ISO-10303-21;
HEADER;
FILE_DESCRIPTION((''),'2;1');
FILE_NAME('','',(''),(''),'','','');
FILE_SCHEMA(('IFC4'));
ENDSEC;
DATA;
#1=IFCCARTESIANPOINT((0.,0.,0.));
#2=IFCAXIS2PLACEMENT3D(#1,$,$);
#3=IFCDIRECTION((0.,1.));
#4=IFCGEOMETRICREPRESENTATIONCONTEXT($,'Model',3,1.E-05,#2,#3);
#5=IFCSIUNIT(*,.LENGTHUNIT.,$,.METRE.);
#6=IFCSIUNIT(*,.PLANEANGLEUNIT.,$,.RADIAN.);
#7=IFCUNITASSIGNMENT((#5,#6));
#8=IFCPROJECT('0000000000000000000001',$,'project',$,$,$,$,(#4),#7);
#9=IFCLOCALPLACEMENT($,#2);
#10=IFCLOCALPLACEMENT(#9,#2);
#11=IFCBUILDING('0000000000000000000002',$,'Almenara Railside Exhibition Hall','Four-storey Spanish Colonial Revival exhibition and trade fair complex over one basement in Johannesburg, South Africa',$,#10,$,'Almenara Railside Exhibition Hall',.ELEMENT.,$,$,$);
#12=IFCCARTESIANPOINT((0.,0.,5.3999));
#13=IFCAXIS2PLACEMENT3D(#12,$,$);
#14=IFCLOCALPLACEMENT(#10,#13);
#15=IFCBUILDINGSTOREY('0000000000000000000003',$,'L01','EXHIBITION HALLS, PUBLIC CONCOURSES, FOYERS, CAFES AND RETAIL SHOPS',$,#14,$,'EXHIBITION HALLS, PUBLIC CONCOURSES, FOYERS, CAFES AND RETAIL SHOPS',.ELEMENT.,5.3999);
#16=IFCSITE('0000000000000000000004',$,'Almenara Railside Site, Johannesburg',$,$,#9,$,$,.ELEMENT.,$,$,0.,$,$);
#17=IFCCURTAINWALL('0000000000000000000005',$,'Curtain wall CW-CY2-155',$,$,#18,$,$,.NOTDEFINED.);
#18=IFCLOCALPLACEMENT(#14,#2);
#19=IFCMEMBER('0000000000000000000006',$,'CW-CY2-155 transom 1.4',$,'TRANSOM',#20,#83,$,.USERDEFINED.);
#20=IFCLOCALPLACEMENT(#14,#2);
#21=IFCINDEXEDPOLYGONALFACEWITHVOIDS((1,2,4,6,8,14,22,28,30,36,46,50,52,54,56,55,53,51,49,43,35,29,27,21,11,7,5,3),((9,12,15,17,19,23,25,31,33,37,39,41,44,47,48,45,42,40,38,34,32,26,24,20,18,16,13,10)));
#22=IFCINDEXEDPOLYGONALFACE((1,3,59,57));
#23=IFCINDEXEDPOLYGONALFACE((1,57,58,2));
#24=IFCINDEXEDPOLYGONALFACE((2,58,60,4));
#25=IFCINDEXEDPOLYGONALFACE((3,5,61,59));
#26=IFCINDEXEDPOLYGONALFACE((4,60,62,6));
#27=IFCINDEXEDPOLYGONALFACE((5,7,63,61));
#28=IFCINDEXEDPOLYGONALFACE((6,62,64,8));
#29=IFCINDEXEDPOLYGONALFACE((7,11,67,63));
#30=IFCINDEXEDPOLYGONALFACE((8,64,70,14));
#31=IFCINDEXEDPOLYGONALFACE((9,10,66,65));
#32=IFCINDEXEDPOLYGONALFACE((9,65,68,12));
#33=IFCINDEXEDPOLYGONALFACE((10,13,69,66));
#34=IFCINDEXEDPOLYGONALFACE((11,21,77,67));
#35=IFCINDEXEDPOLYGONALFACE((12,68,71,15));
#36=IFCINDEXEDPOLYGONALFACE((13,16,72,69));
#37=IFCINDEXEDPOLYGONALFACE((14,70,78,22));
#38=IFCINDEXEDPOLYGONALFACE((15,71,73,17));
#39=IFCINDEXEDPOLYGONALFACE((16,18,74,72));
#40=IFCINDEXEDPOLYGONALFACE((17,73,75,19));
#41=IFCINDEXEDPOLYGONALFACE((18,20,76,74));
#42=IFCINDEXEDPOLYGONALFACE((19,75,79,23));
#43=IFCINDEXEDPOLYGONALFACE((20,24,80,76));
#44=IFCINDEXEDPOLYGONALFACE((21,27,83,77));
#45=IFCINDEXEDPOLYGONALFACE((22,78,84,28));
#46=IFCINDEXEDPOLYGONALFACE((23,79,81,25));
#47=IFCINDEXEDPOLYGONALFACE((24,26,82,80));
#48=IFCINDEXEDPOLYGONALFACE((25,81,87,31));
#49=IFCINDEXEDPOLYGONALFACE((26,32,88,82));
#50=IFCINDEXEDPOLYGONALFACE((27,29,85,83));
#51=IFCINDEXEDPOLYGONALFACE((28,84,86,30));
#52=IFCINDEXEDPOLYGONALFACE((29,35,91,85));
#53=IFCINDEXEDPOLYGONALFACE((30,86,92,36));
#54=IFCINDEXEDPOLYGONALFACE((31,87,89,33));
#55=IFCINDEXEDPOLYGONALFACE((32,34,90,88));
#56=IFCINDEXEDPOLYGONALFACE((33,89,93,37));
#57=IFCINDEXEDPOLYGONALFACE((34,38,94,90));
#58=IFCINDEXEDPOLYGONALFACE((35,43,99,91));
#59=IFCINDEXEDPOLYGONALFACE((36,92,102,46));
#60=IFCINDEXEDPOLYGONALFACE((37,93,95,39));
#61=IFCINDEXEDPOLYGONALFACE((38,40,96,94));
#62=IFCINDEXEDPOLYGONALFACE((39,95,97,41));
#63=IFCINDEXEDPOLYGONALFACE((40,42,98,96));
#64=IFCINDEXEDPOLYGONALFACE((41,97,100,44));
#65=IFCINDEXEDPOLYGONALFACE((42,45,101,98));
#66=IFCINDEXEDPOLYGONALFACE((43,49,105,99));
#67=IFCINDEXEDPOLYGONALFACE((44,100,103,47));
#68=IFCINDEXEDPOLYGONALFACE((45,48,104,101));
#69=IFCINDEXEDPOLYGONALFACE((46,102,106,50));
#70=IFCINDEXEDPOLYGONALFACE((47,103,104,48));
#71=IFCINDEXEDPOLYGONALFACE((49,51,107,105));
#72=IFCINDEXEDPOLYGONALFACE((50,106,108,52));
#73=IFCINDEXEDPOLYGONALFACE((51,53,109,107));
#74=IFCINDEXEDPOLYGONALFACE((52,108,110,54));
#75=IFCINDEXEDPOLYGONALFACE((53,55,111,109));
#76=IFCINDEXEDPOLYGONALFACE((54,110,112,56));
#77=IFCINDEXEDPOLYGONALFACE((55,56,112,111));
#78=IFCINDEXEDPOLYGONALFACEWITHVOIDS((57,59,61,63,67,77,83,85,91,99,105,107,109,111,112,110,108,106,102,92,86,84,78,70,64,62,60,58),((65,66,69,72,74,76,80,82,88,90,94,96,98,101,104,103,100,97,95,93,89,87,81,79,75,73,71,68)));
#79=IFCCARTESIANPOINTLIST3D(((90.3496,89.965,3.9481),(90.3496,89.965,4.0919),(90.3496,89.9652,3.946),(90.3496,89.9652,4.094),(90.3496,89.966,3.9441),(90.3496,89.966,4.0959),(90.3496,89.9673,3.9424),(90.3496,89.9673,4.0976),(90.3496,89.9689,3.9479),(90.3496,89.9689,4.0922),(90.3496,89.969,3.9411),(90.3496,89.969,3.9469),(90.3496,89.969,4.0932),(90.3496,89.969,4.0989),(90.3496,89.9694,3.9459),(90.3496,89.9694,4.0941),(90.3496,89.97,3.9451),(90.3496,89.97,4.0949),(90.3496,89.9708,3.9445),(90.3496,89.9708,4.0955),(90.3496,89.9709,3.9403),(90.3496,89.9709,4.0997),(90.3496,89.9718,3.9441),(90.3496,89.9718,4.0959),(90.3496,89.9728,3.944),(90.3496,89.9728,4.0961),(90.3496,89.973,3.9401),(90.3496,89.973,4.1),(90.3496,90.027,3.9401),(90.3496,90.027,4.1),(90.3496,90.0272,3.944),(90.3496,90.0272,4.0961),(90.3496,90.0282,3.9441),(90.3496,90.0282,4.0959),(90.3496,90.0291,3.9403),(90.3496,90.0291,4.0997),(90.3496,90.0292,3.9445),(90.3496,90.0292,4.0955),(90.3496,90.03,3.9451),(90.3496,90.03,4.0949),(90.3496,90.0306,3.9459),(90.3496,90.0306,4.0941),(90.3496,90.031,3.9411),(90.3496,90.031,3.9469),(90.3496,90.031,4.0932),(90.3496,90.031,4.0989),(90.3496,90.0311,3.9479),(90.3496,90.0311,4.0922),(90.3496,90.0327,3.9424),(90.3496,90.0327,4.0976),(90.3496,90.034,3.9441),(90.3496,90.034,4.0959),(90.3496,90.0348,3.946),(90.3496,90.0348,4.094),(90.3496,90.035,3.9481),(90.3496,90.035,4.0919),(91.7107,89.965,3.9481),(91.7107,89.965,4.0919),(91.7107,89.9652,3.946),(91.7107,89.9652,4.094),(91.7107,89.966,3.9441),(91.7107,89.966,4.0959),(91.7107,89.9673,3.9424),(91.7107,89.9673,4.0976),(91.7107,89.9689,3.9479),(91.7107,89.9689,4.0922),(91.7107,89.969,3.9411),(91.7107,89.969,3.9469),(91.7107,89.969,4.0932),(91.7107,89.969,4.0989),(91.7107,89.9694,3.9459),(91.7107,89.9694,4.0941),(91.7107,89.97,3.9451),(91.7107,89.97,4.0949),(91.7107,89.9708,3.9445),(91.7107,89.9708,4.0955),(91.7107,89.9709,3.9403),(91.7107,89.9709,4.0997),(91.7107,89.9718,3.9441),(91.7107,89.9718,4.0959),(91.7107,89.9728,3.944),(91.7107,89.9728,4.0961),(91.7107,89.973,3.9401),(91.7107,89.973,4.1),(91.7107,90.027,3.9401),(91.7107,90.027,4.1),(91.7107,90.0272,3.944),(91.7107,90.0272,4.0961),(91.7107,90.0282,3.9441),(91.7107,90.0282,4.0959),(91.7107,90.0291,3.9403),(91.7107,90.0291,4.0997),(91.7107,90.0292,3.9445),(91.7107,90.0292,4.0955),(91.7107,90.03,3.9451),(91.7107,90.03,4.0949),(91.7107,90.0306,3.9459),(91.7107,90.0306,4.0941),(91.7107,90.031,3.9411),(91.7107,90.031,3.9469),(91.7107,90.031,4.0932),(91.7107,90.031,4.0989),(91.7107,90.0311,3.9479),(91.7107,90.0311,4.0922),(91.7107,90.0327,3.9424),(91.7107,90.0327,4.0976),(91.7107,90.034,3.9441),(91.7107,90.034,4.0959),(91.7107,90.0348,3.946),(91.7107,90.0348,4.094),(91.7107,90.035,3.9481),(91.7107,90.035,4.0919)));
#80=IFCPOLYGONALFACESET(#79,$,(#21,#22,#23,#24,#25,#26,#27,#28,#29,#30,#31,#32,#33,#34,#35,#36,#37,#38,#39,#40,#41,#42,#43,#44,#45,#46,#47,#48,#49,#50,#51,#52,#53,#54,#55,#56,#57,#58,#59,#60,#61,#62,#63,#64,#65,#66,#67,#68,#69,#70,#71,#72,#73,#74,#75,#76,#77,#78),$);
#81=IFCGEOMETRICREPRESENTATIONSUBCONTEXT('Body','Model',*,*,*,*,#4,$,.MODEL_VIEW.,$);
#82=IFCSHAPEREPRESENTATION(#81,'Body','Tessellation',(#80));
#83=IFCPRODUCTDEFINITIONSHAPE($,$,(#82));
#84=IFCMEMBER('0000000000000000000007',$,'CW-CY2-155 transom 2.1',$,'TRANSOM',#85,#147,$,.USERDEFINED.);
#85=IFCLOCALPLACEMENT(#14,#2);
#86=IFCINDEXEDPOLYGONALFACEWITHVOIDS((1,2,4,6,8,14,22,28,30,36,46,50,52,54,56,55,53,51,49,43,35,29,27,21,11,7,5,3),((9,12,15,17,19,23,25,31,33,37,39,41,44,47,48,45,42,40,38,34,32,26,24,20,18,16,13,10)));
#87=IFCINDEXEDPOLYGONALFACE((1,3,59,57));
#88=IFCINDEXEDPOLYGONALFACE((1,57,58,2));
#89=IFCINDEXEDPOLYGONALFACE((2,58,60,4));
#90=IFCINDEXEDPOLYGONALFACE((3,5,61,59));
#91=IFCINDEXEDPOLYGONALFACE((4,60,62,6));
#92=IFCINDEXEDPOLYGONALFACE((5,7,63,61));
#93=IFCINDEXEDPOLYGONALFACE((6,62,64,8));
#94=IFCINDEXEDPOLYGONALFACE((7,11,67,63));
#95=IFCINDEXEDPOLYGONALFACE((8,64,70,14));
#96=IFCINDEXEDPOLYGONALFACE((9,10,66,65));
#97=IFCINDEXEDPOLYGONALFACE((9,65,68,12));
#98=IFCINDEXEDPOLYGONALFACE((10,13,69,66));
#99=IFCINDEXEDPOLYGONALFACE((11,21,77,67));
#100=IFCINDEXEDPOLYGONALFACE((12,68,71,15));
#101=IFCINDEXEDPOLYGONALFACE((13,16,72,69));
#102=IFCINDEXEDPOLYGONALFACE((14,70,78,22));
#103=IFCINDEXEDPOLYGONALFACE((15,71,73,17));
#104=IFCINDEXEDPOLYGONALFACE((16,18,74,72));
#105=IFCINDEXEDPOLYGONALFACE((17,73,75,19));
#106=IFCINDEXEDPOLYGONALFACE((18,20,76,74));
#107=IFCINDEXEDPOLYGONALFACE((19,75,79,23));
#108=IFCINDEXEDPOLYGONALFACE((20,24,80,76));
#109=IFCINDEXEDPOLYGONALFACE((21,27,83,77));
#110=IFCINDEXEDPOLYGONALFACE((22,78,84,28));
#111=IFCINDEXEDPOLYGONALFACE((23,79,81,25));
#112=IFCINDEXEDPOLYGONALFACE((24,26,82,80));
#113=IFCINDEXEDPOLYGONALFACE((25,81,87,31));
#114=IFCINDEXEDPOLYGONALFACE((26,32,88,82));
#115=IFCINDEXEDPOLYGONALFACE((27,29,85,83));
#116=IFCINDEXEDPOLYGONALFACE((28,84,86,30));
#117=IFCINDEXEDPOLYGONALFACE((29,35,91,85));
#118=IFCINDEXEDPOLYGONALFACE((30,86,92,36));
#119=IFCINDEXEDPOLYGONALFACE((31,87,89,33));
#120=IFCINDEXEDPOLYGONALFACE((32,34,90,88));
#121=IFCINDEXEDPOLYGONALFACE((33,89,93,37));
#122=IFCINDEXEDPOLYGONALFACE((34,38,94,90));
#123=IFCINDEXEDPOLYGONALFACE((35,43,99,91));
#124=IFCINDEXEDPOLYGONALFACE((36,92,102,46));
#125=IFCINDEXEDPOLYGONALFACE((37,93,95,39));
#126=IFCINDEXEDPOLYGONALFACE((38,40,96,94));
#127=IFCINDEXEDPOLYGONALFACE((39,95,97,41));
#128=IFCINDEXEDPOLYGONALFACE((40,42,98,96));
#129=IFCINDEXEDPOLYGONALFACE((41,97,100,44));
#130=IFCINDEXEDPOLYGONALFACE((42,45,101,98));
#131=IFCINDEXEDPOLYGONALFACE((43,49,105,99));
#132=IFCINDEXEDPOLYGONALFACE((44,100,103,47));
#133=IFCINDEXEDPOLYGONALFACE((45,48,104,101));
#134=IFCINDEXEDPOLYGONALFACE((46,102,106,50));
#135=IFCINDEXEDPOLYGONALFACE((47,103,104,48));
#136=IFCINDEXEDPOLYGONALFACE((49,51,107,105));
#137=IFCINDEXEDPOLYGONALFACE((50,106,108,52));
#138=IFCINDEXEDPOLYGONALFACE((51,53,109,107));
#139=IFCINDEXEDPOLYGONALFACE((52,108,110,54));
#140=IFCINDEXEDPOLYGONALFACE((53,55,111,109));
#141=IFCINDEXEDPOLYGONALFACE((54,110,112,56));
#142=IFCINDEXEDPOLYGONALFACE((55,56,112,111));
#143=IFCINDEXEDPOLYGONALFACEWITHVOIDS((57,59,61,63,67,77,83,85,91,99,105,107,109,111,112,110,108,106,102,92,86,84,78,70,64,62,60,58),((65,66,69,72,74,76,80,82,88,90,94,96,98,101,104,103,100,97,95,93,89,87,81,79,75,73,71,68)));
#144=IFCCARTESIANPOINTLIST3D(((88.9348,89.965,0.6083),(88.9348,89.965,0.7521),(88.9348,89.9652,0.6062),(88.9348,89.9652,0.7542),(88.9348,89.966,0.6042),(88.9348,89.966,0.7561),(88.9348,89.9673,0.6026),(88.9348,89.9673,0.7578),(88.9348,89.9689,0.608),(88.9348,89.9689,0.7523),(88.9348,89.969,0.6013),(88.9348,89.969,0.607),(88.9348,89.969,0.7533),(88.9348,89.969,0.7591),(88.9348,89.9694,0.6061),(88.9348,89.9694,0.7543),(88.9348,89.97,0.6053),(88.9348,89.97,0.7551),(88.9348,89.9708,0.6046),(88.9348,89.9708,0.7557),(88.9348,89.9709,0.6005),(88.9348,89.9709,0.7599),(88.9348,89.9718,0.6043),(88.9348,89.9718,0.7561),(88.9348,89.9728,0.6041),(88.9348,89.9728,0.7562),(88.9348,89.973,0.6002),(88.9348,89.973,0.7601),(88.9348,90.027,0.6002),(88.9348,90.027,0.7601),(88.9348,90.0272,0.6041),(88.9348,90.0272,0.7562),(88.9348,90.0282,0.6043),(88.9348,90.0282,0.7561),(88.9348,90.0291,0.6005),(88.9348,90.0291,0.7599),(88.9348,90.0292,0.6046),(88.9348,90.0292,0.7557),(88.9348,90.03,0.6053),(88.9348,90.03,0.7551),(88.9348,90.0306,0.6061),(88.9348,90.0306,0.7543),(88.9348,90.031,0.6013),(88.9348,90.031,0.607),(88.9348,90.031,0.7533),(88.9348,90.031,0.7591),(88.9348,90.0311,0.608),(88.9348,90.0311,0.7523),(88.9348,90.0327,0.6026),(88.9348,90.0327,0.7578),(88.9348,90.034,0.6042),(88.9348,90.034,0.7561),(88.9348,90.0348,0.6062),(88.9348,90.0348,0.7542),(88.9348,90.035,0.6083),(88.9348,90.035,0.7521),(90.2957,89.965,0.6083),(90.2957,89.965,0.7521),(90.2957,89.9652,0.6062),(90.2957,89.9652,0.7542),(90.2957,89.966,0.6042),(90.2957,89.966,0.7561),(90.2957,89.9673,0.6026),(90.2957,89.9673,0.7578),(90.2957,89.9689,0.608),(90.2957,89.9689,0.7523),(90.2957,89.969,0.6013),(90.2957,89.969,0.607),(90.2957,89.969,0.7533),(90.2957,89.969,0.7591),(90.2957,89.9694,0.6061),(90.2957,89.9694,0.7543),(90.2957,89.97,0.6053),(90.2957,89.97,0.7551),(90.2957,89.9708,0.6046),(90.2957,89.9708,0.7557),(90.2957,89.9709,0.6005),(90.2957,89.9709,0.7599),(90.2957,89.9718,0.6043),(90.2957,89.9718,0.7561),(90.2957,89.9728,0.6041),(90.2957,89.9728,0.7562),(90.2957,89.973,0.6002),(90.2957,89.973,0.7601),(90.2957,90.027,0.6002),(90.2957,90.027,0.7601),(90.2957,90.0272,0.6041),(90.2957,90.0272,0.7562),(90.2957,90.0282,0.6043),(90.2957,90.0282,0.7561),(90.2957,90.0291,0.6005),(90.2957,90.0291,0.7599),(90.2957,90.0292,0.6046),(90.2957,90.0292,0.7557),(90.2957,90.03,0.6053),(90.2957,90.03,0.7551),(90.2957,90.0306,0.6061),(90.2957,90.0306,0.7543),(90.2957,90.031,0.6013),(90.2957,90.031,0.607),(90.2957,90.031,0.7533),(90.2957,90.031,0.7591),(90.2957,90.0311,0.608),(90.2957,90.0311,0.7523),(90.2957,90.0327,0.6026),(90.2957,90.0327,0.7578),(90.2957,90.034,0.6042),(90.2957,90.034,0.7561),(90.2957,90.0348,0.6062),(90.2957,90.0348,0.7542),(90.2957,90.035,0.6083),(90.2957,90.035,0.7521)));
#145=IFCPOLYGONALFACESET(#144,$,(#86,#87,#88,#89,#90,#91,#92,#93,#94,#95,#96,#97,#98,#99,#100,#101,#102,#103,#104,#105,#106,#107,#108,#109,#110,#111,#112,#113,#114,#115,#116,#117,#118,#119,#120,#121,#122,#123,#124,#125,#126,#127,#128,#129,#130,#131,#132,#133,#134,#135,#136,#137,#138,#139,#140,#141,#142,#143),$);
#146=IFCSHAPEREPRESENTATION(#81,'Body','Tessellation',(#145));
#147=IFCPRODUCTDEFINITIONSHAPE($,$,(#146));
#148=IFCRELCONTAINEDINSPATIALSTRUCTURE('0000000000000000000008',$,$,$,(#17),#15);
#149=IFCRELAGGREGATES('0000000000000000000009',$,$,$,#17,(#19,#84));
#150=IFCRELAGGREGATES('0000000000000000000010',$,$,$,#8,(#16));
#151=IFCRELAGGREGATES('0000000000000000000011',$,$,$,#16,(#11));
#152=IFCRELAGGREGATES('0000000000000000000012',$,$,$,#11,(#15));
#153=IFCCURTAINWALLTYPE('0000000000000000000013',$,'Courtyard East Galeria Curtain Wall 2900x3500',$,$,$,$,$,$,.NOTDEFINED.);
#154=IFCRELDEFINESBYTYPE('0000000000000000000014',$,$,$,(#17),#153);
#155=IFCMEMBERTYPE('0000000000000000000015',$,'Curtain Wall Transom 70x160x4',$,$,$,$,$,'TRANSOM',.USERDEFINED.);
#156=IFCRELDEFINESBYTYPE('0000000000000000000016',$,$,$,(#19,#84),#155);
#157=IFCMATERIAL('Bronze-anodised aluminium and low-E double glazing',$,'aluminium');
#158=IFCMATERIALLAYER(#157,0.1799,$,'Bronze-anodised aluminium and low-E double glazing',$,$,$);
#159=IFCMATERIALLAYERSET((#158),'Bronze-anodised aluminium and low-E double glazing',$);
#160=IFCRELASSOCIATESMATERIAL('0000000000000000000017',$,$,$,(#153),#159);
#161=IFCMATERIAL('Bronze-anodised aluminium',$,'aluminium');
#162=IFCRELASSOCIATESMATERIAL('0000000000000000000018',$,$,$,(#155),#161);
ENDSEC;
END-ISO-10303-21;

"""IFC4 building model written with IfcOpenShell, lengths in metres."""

from ifc_helpers import new_model, si_unit, direction, frame, origin, origin_2d, place, context, subcontext, project, spatial, hollow_rectangle, extrude, material, layer, layer_set, material_profile, profile_set, type_object, element, aggregate, save


model = new_model("IFC4")

# Units and contexts
model_context = context("Model", 3, precision=1e-05, world=origin(), true_north=direction((0.0, 1.0)))
body_context = subcontext(model_context, "Body", "Model", "MODEL_VIEW")
ifc_project = project(units=[si_unit("LENGTHUNIT", "METRE"), si_unit("PLANEANGLEUNIT", "RADIAN")], contexts=[model_context])

# Site, building, storey
site_placement = place(None, origin())
site = spatial("IfcSite", under=ifc_project, at=site_placement, Name="Almenara Railside Site, Johannesburg", CompositionType="ELEMENT", RefElevation=0.0)
building_placement = place(site_placement, origin())
building = spatial("IfcBuilding", under=site, at=building_placement, Name="Almenara Railside Exhibition Hall", Description="Four-storey Spanish Colonial Revival exhibition and trade fair complex over one basement in Johannesburg, South Africa", LongName="Almenara Railside Exhibition Hall", CompositionType="ELEMENT")
storey_placement = place(building_placement, frame((0.0, 0.0, 5.3999)))
storey = spatial("IfcBuildingStorey", under=building, at=storey_placement, Name="L01", Description="EXHIBITION HALLS, PUBLIC CONCOURSES, FOYERS, CAFES AND RETAIL SHOPS", LongName="EXHIBITION HALLS, PUBLIC CONCOURSES, FOYERS, CAFES AND RETAIL SHOPS", CompositionType="ELEMENT", Elevation=5.3999)

# Shared definitions
ifc_material_1 = material(Name="Bronze-anodised aluminium and low-E double glazing", Category="aluminium")
ifc_material_2 = material(Name="Bronze-anodised aluminium", Category="aluminium")

# Curtain wall
ifc_layer_1 = layer(ifc_material_1, 0.1799, Name="Bronze-anodised aluminium and low-E double glazing")
ifc_layer_set_1 = layer_set([ifc_layer_1], Name="Bronze-anodised aluminium and low-E double glazing")
curtain_wall_type_1 = type_object("IfcCurtainWallType", Name="Courtyard East Galeria Curtain Wall 2900x3500", PredefinedType="NOTDEFINED", material=ifc_layer_set_1)
curtain_wall_1_placement = place(storey_placement, origin())
curtain_wall_1 = element("IfcCurtainWall", 1, at=curtain_wall_1_placement, inside=storey, type_object=curtain_wall_type_1, Name="Curtain wall CW-CY2-155", PredefinedType="NOTDEFINED")

# Members
ifc_material_profile_1 = material_profile(ifc_material_2, hollow_rectangle(XDim=0.0701, YDim=0.1599, WallThickness=0.0039, InnerFilletRadius=0.0039, OuterFilletRadius=0.0081, at=origin_2d()), Name="ALU-TRN 70x160x4")
ifc_profile_set_1 = profile_set([ifc_material_profile_1], Name="Bronze-anodised aluminium")
member_type_1 = type_object("IfcMemberType", Name="Curtain Wall Transom 70x160x4", ElementType="TRANSOM", PredefinedType="USERDEFINED", material=ifc_profile_set_1)
member_1_placement = place(storey_placement, frame((91.7107, 90.0, 4.02), z_axis=(-1.0, 0.0, 0.0), x_axis=(0.0, -1.0, 0.0)))
member_1 = element("IfcMember", 2, at=member_1_placement, type_object=member_type_1, Name="CW-CY2-155 transom 1.4", ObjectType="TRANSOM", PredefinedType="USERDEFINED", context=body_context, shape_type="SweptSolid", body=[
    extrude(hollow_rectangle(XDim=0.0701, YDim=0.1599, WallThickness=0.0039, InnerFilletRadius=0.0039, OuterFilletRadius=0.0081, at=origin_2d()), origin(), (0.0, 0.0, 1.0), 1.3611),
])
member_2_placement = place(storey_placement, frame((90.2957, 90.0, 0.6802), z_axis=(-1.0, 0.0, 0.0), x_axis=(0.0, -1.0, 0.0)))
member_2 = element("IfcMember", 3, at=member_2_placement, type_object=member_type_1, Name="CW-CY2-155 transom 2.1", ObjectType="TRANSOM", PredefinedType="USERDEFINED", context=body_context, shape_type="SweptSolid", body=[
    extrude(hollow_rectangle(XDim=0.0701, YDim=0.1599, WallThickness=0.0039, InnerFilletRadius=0.0039, OuterFilletRadius=0.0081, at=origin_2d()), origin(), (0.0, 0.0, 1.0), 1.3608),
])

aggregate(curtain_wall_1, [member_1, member_2])

save(model, "model.ifc")
